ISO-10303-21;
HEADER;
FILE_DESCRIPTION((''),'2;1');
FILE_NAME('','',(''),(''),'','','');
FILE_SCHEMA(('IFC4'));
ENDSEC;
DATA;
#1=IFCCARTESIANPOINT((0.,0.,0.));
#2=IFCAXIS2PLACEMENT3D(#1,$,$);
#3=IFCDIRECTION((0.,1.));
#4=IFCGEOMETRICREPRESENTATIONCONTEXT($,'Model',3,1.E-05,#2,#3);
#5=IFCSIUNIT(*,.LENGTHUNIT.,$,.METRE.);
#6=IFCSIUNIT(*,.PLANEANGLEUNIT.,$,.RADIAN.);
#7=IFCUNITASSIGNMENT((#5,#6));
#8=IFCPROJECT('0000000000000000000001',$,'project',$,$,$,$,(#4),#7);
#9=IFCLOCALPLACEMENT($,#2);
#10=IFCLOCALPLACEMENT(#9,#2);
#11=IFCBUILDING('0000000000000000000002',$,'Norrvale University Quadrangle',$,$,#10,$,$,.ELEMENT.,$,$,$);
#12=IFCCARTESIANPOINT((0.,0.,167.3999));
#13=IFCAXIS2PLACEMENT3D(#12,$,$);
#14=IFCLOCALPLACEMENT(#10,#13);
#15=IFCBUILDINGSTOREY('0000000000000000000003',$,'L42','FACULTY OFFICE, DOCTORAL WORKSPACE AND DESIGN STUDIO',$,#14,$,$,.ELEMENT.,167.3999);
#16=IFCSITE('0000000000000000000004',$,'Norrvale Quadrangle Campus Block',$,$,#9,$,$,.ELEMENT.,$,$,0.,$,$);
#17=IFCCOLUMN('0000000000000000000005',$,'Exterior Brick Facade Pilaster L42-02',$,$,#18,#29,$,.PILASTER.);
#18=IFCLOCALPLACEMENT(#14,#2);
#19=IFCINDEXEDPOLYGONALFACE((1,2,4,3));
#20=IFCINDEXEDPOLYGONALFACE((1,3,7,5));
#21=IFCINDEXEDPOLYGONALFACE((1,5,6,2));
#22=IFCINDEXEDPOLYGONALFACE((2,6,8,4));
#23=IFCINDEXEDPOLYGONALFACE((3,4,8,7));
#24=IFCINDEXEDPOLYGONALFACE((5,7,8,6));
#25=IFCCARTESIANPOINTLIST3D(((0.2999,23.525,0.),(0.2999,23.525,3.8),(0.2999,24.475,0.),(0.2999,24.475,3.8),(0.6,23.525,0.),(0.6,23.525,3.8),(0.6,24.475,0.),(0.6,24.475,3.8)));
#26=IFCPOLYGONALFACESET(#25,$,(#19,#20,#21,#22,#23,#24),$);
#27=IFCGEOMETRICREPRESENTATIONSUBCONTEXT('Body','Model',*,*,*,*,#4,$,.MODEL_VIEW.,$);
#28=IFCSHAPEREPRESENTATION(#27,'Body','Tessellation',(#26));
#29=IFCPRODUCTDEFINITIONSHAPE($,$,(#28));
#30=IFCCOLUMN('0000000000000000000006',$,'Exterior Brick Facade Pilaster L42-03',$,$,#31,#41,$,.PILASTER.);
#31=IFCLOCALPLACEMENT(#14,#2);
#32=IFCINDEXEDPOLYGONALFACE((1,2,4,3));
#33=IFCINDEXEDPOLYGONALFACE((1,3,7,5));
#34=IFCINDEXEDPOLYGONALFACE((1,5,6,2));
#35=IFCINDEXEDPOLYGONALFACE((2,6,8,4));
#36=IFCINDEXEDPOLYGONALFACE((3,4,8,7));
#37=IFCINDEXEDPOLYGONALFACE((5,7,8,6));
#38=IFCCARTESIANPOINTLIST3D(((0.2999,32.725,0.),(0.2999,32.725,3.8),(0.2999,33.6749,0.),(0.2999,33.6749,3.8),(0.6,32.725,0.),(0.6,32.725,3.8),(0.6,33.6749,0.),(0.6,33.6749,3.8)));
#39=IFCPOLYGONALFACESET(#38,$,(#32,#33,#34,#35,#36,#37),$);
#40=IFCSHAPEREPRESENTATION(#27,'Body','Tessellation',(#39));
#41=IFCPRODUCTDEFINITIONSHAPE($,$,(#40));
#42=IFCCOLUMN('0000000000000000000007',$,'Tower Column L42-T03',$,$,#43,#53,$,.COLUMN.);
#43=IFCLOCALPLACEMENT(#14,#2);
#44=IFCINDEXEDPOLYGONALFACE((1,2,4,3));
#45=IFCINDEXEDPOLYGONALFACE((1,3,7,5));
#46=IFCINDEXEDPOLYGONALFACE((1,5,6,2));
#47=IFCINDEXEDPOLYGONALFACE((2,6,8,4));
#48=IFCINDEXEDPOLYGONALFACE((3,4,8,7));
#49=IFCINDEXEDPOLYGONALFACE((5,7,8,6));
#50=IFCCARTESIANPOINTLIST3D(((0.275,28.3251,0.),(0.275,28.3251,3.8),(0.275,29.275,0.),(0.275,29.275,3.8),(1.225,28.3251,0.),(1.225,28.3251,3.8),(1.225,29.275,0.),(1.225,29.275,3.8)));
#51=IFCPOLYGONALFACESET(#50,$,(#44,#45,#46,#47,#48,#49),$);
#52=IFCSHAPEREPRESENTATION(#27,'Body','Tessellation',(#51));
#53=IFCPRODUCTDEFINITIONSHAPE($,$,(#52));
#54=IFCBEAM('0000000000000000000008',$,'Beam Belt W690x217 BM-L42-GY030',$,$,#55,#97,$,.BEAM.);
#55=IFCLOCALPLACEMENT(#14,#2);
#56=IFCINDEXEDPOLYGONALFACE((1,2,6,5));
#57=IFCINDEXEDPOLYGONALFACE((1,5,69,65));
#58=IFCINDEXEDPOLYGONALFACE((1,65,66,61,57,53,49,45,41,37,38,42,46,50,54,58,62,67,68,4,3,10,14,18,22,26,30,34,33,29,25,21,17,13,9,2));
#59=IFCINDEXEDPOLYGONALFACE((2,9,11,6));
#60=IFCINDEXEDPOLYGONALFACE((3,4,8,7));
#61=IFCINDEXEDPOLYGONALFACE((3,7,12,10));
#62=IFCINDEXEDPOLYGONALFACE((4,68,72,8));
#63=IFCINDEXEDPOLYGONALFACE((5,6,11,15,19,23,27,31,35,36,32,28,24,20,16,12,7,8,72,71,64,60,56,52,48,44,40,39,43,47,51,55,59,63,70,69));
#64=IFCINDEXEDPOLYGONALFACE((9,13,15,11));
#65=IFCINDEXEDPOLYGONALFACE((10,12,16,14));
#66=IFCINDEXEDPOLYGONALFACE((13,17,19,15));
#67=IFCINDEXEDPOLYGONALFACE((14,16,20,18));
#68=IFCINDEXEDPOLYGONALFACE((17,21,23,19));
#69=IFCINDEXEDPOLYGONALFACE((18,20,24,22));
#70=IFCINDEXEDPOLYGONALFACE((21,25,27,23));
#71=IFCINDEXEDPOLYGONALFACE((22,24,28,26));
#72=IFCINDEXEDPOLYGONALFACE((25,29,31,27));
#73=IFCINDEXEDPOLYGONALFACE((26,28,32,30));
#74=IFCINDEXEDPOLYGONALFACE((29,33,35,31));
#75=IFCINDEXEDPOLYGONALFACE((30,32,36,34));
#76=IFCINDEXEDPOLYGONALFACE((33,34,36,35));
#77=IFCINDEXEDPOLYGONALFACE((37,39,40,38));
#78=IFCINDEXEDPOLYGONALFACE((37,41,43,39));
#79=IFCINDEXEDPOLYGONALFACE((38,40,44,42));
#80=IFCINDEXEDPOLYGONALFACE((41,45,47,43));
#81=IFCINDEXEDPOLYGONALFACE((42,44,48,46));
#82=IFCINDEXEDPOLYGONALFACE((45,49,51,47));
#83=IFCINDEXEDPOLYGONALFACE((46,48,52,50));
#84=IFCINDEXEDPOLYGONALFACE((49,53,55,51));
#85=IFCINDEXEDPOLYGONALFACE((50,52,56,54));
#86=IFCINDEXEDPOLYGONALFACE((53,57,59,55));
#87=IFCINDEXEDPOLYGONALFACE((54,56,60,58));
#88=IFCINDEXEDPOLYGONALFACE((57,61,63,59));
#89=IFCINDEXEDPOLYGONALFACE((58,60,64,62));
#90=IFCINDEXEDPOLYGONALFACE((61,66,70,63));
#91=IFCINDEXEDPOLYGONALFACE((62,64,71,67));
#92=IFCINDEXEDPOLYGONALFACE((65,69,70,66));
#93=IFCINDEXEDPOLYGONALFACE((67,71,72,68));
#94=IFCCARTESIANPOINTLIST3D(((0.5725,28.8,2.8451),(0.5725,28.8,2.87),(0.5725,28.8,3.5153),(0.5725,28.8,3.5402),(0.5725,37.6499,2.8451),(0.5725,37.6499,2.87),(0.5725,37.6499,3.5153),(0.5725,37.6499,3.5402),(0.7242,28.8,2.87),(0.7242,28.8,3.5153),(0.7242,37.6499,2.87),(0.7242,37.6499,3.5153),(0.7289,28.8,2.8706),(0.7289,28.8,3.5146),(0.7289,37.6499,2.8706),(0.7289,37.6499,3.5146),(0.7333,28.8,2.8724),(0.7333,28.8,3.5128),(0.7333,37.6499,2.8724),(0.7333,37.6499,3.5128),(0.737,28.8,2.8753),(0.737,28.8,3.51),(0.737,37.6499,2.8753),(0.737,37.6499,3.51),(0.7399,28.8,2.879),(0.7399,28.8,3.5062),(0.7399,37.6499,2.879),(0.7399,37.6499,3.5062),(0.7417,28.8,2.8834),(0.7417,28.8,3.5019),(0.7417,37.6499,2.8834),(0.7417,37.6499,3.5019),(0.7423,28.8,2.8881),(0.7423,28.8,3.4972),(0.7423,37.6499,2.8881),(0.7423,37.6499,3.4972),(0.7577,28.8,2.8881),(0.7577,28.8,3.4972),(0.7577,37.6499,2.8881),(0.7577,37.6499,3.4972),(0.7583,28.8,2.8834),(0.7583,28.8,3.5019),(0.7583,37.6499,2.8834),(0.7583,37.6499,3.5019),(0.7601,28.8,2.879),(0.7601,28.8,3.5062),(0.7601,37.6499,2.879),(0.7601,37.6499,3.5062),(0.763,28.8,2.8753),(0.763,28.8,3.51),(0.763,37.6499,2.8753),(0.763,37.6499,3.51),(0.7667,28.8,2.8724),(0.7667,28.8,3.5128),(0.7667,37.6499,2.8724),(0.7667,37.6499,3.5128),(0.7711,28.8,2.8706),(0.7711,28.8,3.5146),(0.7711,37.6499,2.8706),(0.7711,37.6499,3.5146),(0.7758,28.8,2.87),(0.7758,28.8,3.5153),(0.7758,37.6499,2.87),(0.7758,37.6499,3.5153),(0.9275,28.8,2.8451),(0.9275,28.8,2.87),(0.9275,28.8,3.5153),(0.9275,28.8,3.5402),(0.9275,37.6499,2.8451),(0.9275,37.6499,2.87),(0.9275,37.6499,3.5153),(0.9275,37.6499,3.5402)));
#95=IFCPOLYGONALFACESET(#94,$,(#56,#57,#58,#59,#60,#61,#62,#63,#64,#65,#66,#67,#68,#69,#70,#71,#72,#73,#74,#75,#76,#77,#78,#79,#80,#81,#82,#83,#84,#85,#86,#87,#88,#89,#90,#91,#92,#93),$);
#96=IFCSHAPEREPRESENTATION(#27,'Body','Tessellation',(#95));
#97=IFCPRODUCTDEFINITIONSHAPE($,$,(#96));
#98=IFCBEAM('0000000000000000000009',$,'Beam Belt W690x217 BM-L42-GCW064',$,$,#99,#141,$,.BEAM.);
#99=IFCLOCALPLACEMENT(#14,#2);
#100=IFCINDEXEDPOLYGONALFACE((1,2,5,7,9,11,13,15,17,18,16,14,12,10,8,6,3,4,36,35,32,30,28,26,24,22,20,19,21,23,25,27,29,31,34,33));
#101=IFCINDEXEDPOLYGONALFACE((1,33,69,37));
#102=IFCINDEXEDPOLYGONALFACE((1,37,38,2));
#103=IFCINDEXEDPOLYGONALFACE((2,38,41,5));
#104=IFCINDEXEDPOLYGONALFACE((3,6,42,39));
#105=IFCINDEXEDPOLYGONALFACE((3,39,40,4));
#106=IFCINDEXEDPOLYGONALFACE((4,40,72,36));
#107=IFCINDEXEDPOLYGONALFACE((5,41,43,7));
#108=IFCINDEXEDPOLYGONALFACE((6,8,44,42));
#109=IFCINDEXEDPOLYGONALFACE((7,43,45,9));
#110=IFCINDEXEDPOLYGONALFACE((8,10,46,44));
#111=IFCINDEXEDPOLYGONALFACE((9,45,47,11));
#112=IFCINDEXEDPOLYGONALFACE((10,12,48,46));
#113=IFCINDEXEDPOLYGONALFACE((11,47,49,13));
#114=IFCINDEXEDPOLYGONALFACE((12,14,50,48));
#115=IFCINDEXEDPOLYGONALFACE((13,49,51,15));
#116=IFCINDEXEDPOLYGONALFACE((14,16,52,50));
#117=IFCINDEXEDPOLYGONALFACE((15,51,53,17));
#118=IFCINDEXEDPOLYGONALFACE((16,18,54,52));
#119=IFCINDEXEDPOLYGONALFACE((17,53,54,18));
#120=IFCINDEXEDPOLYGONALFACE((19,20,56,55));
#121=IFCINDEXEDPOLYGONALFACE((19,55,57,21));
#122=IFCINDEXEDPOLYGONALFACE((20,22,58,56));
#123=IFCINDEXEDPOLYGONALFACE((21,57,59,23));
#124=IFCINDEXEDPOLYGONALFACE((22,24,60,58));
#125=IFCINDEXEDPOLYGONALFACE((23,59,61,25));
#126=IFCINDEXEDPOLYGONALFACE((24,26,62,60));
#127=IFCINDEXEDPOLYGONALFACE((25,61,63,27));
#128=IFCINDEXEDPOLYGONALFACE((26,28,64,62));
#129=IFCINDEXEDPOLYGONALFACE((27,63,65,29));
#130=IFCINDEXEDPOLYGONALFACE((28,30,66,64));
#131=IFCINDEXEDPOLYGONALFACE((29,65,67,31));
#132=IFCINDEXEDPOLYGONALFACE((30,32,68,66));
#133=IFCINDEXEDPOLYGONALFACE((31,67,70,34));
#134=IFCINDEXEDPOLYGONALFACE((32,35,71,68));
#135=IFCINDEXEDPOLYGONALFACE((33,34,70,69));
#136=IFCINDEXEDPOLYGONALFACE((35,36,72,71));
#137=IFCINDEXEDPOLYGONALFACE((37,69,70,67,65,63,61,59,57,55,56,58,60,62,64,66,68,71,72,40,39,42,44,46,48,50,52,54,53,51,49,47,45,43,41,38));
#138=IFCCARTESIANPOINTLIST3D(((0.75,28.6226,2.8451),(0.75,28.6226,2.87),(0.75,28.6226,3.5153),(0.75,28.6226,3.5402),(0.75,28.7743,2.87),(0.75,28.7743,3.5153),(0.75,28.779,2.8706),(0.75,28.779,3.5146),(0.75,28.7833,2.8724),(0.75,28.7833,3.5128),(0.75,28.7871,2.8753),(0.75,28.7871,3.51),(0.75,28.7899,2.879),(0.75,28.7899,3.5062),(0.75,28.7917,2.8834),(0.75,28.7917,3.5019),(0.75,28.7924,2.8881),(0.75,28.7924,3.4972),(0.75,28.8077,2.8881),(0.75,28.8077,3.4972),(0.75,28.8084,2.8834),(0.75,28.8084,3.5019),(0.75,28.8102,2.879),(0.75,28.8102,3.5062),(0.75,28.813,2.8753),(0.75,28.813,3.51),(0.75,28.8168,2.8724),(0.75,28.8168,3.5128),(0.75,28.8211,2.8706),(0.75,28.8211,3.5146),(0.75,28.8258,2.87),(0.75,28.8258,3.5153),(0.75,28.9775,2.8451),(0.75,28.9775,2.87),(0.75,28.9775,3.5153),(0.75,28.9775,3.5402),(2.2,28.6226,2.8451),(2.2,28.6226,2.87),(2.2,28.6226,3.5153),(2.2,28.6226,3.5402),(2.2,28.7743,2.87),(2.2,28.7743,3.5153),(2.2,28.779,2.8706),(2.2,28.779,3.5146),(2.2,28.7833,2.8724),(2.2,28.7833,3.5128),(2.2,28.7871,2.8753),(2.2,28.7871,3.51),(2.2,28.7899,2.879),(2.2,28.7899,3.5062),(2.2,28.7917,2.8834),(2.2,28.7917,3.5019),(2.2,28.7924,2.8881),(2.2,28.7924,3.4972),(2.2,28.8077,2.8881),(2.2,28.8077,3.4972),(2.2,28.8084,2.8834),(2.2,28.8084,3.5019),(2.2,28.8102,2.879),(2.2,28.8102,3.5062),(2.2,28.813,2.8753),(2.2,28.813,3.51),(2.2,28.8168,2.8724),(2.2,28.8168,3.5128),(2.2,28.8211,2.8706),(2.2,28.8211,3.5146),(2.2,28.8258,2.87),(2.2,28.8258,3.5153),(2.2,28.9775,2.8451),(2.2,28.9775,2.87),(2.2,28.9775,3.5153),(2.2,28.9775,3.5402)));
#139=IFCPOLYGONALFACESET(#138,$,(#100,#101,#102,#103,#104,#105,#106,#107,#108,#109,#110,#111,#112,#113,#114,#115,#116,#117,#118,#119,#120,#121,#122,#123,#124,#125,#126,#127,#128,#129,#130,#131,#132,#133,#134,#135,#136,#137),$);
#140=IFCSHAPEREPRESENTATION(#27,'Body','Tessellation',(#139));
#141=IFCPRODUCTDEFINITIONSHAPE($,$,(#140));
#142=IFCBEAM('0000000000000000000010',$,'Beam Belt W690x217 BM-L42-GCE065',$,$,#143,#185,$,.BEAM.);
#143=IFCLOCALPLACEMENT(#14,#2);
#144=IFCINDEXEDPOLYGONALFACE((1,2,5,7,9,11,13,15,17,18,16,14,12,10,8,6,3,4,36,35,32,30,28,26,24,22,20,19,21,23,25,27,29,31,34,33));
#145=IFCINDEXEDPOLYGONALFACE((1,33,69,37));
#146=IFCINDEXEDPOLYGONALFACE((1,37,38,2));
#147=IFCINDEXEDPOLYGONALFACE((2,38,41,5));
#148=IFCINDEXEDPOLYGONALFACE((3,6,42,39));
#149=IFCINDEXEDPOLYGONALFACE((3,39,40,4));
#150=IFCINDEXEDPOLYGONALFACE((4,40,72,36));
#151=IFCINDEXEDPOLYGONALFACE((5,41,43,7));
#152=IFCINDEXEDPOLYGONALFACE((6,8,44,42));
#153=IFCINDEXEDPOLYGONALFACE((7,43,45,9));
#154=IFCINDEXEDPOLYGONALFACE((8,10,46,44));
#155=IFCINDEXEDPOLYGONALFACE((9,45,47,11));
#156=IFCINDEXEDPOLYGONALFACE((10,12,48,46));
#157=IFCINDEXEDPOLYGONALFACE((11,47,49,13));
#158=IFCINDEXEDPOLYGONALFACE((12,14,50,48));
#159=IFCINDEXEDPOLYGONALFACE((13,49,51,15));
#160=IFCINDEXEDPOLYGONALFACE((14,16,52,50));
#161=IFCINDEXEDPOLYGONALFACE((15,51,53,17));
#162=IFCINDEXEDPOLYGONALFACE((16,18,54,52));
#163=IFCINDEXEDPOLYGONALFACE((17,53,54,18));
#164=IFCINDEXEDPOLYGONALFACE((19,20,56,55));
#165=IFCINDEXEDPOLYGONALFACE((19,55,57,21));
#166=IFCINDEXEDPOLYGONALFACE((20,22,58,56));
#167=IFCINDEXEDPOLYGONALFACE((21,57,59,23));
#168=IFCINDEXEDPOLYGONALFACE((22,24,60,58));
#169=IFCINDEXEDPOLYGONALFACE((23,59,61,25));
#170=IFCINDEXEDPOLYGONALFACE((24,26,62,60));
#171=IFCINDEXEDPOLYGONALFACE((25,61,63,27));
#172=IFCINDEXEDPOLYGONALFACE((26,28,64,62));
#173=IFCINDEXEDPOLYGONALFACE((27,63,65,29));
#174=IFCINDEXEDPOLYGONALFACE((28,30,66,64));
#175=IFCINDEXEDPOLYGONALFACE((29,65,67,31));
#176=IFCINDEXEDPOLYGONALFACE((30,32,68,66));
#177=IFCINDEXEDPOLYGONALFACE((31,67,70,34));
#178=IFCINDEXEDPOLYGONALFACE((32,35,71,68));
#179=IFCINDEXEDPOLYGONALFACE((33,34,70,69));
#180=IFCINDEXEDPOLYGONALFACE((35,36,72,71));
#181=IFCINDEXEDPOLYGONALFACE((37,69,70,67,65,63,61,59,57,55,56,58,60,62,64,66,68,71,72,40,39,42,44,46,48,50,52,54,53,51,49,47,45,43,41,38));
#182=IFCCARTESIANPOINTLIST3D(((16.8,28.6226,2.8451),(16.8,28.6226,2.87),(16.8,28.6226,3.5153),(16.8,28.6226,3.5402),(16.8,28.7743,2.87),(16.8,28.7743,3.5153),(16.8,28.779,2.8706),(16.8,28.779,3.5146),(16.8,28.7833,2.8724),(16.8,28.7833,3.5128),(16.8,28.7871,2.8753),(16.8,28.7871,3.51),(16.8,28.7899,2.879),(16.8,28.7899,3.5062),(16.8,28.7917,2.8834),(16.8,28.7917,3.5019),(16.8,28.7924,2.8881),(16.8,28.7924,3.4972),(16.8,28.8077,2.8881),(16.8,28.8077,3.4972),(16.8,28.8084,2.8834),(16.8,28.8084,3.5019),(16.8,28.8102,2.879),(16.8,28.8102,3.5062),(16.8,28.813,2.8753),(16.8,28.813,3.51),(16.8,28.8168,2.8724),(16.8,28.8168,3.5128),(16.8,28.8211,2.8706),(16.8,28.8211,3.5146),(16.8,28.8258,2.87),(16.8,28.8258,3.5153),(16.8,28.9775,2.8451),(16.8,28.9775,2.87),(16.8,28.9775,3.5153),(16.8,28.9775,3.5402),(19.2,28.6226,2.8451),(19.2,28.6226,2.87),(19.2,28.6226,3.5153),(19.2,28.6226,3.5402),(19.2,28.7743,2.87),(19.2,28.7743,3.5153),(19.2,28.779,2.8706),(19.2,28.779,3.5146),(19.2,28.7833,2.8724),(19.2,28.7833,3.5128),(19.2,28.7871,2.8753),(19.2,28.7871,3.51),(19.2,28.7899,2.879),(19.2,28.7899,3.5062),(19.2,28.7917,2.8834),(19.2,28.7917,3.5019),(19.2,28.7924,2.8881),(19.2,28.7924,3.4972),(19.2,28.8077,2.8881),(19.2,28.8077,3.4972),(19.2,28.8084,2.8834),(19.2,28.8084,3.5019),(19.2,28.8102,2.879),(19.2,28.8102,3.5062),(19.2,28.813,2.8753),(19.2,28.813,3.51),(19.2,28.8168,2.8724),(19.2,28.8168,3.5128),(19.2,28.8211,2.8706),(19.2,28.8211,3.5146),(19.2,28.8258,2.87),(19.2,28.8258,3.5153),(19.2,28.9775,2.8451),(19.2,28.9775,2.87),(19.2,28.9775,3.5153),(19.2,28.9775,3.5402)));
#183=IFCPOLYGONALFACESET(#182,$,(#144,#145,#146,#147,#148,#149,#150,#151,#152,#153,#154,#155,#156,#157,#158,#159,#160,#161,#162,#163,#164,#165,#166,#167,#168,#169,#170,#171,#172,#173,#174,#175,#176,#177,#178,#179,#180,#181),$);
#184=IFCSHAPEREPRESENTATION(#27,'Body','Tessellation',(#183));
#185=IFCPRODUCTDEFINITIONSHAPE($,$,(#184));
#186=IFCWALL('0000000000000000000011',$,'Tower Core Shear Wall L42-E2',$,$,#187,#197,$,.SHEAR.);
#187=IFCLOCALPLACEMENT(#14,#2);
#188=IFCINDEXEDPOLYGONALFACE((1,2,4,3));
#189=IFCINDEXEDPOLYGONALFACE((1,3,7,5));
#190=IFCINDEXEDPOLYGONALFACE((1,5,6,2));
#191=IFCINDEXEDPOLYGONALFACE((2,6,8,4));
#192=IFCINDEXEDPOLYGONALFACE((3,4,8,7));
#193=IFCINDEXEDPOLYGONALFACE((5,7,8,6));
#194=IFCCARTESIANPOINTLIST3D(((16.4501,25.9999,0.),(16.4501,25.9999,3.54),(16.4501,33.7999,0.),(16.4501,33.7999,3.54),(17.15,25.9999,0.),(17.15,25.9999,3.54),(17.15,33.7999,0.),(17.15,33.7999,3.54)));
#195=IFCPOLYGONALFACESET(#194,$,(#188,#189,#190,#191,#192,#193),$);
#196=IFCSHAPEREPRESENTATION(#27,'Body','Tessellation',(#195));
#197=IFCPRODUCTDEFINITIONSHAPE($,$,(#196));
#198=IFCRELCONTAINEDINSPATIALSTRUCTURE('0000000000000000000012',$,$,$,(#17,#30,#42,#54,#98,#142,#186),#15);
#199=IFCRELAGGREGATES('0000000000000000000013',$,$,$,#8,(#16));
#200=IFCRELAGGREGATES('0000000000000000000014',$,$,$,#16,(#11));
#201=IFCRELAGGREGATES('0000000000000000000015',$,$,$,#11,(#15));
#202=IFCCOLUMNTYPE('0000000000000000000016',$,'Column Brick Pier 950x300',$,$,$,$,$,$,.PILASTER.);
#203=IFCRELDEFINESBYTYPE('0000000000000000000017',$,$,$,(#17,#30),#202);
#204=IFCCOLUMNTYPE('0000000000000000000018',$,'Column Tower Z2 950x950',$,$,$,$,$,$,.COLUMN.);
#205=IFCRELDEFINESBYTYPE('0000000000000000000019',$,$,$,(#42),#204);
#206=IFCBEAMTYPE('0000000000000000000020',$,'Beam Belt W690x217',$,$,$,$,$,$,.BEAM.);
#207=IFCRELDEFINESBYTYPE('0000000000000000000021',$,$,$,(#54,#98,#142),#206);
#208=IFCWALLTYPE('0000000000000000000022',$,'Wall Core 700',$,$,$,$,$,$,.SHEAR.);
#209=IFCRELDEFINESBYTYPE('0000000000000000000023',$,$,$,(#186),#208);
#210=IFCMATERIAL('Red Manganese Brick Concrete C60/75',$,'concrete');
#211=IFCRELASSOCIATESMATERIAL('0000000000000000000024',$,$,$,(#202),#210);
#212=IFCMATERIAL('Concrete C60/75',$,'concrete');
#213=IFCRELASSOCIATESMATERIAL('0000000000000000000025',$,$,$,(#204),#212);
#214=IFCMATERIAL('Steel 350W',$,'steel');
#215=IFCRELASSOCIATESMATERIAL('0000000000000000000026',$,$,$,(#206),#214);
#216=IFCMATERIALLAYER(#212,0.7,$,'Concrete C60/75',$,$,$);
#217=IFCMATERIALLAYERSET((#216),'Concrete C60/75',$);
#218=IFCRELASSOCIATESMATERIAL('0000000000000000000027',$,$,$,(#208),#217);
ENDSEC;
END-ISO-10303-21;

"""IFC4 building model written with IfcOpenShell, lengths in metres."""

from ifc_helpers import new_model, si_unit, direction, frame, frame_2d, origin, origin_2d, place, context, subcontext, project, spatial, rectangle, i_section, extrude, material, layer, layer_set, material_profile, profile_set, type_object, element, save


model = new_model("IFC4")

# Units and contexts
model_context = context("Model", 3, precision=1e-05, world=origin(), true_north=direction((0.0, 1.0)))
body_context = subcontext(model_context, "Body", "Model", "MODEL_VIEW")
ifc_project = project(units=[si_unit("LENGTHUNIT", "METRE"), si_unit("PLANEANGLEUNIT", "RADIAN")], contexts=[model_context])

# Site, building, storey
site_placement = place(None, origin())
site = spatial("IfcSite", under=ifc_project, at=site_placement, Name="Norrvale Quadrangle Campus Block", CompositionType="ELEMENT", RefElevation=0.0)
building_placement = place(site_placement, origin())
building = spatial("IfcBuilding", under=site, at=building_placement, Name="Norrvale University Quadrangle", CompositionType="ELEMENT")
storey_placement = place(building_placement, frame((0.0, 0.0, 167.3999)))
storey = spatial("IfcBuildingStorey", under=building, at=storey_placement, Name="L42", Description="FACULTY OFFICE, DOCTORAL WORKSPACE AND DESIGN STUDIO", CompositionType="ELEMENT", Elevation=167.3999)

# Columns
ifc_material_1 = material(Name="Red Manganese Brick Concrete C60/75", Category="concrete")
ifc_material_profile_1 = material_profile(ifc_material_1, rectangle(XDim=0.95, YDim=0.3, at=origin_2d()), Name="Red Manganese Brick Concrete C60/75")
ifc_profile_set_1 = profile_set([ifc_material_profile_1], Name="Red Manganese Brick Concrete C60/75")
column_type_1 = type_object("IfcColumnType", Name="Column Brick Pier 950x300", PredefinedType="PILASTER", material=ifc_profile_set_1)
for number, where, z_axis, x_axis, name in (
    (1, (0.45, 24.0, 0.0), (0.0, 0.0, 1.0), (0.0, 1.0, 0.0), "Exterior Brick Facade Pilaster L42-02"),
    (2, (0.45, 33.2, 0.0), (0.0, 0.0, 1.0), (0.0, 1.0, 0.0), "Exterior Brick Facade Pilaster L42-03"),
):
    element("IfcColumn", number, at=place(storey_placement, frame(where, z_axis=z_axis, x_axis=x_axis)), inside=storey, type_object=column_type_1, Name=name, PredefinedType="PILASTER", context=body_context, shape_type="SweptSolid", body=[
        extrude(rectangle(XDim=0.95, YDim=0.3, at=origin_2d()), origin(), (0.0, 0.0, 1.0), 3.8),
    ])
ifc_material_2 = material(Name="Concrete C60/75", Category="concrete")
ifc_material_profile_2 = material_profile(ifc_material_2, rectangle(XDim=0.95, YDim=0.95, at=origin_2d()), Name="Concrete C60/75")
ifc_profile_set_2 = profile_set([ifc_material_profile_2], Name="Concrete C60/75")
column_type_2 = type_object("IfcColumnType", Name="Column Tower Z2 950x950", PredefinedType="COLUMN", material=ifc_profile_set_2)
column_placement = place(storey_placement, frame((0.75, 28.8, 0.0), z_axis=(0.0, 0.0, 1.0), x_axis=(1.0, 0.0, 0.0)))
element("IfcColumn", 3, at=column_placement, inside=storey, type_object=column_type_2, Name="Tower Column L42-T03", PredefinedType="COLUMN", context=body_context, shape_type="SweptSolid", body=[
    extrude(rectangle(XDim=0.95, YDim=0.95, at=origin_2d()), origin(), (0.0, 0.0, 1.0), 3.8),
])

# Beams
ifc_material_3 = material(Name="Steel 350W", Category="steel")
ifc_material_profile_3 = material_profile(ifc_material_3, i_section(OverallWidth=0.355, OverallDepth=0.6951, WebThickness=0.0154, FlangeThickness=0.0249, FilletRadius=0.0181, at=origin_2d()), Name="Steel 350W")
ifc_profile_set_3 = profile_set([ifc_material_profile_3], Name="Steel 350W")
beam_type = type_object("IfcBeamType", Name="Beam Belt W690x217", PredefinedType="BEAM", material=ifc_profile_set_3)
beam_1_placement = place(storey_placement, frame((0.75, 28.8, 3.1926), z_axis=(0.0, 1.0, 0.0), x_axis=(-1.0, 0.0, 0.0)))
element("IfcBeam", 4, at=beam_1_placement, inside=storey, type_object=beam_type, Name="Beam Belt W690x217 BM-L42-GY030", PredefinedType="BEAM", context=body_context, shape_type="SweptSolid", body=[
    extrude(i_section(OverallWidth=0.355, OverallDepth=0.6951, WebThickness=0.0154, FlangeThickness=0.0249, FilletRadius=0.0181, at=origin_2d()), origin(), (0.0, 0.0, 1.0), 8.8499),
])
beam_2_placement = place(storey_placement, frame((0.75, 28.8, 3.1926), z_axis=(1.0, 0.0, 0.0), x_axis=(0.0, 1.0, 0.0)))
element("IfcBeam", 5, at=beam_2_placement, inside=storey, type_object=beam_type, Name="Beam Belt W690x217 BM-L42-GCW064", PredefinedType="BEAM", context=body_context, shape_type="SweptSolid", body=[
    extrude(i_section(OverallWidth=0.355, OverallDepth=0.6951, WebThickness=0.0154, FlangeThickness=0.0249, FilletRadius=0.0181, at=origin_2d()), origin(), (0.0, 0.0, 1.0), 1.45),
])
beam_3_placement = place(storey_placement, frame((16.8, 28.8, 3.1926), z_axis=(1.0, 0.0, 0.0), x_axis=(0.0, 1.0, 0.0)))
element("IfcBeam", 6, at=beam_3_placement, inside=storey, type_object=beam_type, Name="Beam Belt W690x217 BM-L42-GCE065", PredefinedType="BEAM", context=body_context, shape_type="SweptSolid", body=[
    extrude(i_section(OverallWidth=0.355, OverallDepth=0.6951, WebThickness=0.0154, FlangeThickness=0.0249, FilletRadius=0.0181, at=origin_2d()), origin(), (0.0, 0.0, 1.0), 2.3999),
])

# Wall
ifc_layer_1 = layer(ifc_material_2, 0.7, Name="Concrete C60/75")
ifc_layer_set_1 = layer_set([ifc_layer_1], Name="Concrete C60/75")
wall_type_1 = type_object("IfcWallType", Name="Wall Core 700", PredefinedType="SHEAR", material=ifc_layer_set_1)
wall_1_placement = place(storey_placement, frame((16.8, 26.0, 0.0), z_axis=(0.0, 0.0, 1.0), x_axis=(0.0, 1.0, 0.0)))
element("IfcWall", 7, at=wall_1_placement, inside=storey, type_object=wall_type_1, Name="Tower Core Shear Wall L42-E2", PredefinedType="SHEAR", context=body_context, shape_type="SweptSolid", body=[
    extrude(rectangle(XDim=7.8, YDim=0.7, at=frame_2d((3.8999, 0.0))), origin(), (0.0, 0.0, 1.0), 3.54),
])

save(model, "model.ifc")
